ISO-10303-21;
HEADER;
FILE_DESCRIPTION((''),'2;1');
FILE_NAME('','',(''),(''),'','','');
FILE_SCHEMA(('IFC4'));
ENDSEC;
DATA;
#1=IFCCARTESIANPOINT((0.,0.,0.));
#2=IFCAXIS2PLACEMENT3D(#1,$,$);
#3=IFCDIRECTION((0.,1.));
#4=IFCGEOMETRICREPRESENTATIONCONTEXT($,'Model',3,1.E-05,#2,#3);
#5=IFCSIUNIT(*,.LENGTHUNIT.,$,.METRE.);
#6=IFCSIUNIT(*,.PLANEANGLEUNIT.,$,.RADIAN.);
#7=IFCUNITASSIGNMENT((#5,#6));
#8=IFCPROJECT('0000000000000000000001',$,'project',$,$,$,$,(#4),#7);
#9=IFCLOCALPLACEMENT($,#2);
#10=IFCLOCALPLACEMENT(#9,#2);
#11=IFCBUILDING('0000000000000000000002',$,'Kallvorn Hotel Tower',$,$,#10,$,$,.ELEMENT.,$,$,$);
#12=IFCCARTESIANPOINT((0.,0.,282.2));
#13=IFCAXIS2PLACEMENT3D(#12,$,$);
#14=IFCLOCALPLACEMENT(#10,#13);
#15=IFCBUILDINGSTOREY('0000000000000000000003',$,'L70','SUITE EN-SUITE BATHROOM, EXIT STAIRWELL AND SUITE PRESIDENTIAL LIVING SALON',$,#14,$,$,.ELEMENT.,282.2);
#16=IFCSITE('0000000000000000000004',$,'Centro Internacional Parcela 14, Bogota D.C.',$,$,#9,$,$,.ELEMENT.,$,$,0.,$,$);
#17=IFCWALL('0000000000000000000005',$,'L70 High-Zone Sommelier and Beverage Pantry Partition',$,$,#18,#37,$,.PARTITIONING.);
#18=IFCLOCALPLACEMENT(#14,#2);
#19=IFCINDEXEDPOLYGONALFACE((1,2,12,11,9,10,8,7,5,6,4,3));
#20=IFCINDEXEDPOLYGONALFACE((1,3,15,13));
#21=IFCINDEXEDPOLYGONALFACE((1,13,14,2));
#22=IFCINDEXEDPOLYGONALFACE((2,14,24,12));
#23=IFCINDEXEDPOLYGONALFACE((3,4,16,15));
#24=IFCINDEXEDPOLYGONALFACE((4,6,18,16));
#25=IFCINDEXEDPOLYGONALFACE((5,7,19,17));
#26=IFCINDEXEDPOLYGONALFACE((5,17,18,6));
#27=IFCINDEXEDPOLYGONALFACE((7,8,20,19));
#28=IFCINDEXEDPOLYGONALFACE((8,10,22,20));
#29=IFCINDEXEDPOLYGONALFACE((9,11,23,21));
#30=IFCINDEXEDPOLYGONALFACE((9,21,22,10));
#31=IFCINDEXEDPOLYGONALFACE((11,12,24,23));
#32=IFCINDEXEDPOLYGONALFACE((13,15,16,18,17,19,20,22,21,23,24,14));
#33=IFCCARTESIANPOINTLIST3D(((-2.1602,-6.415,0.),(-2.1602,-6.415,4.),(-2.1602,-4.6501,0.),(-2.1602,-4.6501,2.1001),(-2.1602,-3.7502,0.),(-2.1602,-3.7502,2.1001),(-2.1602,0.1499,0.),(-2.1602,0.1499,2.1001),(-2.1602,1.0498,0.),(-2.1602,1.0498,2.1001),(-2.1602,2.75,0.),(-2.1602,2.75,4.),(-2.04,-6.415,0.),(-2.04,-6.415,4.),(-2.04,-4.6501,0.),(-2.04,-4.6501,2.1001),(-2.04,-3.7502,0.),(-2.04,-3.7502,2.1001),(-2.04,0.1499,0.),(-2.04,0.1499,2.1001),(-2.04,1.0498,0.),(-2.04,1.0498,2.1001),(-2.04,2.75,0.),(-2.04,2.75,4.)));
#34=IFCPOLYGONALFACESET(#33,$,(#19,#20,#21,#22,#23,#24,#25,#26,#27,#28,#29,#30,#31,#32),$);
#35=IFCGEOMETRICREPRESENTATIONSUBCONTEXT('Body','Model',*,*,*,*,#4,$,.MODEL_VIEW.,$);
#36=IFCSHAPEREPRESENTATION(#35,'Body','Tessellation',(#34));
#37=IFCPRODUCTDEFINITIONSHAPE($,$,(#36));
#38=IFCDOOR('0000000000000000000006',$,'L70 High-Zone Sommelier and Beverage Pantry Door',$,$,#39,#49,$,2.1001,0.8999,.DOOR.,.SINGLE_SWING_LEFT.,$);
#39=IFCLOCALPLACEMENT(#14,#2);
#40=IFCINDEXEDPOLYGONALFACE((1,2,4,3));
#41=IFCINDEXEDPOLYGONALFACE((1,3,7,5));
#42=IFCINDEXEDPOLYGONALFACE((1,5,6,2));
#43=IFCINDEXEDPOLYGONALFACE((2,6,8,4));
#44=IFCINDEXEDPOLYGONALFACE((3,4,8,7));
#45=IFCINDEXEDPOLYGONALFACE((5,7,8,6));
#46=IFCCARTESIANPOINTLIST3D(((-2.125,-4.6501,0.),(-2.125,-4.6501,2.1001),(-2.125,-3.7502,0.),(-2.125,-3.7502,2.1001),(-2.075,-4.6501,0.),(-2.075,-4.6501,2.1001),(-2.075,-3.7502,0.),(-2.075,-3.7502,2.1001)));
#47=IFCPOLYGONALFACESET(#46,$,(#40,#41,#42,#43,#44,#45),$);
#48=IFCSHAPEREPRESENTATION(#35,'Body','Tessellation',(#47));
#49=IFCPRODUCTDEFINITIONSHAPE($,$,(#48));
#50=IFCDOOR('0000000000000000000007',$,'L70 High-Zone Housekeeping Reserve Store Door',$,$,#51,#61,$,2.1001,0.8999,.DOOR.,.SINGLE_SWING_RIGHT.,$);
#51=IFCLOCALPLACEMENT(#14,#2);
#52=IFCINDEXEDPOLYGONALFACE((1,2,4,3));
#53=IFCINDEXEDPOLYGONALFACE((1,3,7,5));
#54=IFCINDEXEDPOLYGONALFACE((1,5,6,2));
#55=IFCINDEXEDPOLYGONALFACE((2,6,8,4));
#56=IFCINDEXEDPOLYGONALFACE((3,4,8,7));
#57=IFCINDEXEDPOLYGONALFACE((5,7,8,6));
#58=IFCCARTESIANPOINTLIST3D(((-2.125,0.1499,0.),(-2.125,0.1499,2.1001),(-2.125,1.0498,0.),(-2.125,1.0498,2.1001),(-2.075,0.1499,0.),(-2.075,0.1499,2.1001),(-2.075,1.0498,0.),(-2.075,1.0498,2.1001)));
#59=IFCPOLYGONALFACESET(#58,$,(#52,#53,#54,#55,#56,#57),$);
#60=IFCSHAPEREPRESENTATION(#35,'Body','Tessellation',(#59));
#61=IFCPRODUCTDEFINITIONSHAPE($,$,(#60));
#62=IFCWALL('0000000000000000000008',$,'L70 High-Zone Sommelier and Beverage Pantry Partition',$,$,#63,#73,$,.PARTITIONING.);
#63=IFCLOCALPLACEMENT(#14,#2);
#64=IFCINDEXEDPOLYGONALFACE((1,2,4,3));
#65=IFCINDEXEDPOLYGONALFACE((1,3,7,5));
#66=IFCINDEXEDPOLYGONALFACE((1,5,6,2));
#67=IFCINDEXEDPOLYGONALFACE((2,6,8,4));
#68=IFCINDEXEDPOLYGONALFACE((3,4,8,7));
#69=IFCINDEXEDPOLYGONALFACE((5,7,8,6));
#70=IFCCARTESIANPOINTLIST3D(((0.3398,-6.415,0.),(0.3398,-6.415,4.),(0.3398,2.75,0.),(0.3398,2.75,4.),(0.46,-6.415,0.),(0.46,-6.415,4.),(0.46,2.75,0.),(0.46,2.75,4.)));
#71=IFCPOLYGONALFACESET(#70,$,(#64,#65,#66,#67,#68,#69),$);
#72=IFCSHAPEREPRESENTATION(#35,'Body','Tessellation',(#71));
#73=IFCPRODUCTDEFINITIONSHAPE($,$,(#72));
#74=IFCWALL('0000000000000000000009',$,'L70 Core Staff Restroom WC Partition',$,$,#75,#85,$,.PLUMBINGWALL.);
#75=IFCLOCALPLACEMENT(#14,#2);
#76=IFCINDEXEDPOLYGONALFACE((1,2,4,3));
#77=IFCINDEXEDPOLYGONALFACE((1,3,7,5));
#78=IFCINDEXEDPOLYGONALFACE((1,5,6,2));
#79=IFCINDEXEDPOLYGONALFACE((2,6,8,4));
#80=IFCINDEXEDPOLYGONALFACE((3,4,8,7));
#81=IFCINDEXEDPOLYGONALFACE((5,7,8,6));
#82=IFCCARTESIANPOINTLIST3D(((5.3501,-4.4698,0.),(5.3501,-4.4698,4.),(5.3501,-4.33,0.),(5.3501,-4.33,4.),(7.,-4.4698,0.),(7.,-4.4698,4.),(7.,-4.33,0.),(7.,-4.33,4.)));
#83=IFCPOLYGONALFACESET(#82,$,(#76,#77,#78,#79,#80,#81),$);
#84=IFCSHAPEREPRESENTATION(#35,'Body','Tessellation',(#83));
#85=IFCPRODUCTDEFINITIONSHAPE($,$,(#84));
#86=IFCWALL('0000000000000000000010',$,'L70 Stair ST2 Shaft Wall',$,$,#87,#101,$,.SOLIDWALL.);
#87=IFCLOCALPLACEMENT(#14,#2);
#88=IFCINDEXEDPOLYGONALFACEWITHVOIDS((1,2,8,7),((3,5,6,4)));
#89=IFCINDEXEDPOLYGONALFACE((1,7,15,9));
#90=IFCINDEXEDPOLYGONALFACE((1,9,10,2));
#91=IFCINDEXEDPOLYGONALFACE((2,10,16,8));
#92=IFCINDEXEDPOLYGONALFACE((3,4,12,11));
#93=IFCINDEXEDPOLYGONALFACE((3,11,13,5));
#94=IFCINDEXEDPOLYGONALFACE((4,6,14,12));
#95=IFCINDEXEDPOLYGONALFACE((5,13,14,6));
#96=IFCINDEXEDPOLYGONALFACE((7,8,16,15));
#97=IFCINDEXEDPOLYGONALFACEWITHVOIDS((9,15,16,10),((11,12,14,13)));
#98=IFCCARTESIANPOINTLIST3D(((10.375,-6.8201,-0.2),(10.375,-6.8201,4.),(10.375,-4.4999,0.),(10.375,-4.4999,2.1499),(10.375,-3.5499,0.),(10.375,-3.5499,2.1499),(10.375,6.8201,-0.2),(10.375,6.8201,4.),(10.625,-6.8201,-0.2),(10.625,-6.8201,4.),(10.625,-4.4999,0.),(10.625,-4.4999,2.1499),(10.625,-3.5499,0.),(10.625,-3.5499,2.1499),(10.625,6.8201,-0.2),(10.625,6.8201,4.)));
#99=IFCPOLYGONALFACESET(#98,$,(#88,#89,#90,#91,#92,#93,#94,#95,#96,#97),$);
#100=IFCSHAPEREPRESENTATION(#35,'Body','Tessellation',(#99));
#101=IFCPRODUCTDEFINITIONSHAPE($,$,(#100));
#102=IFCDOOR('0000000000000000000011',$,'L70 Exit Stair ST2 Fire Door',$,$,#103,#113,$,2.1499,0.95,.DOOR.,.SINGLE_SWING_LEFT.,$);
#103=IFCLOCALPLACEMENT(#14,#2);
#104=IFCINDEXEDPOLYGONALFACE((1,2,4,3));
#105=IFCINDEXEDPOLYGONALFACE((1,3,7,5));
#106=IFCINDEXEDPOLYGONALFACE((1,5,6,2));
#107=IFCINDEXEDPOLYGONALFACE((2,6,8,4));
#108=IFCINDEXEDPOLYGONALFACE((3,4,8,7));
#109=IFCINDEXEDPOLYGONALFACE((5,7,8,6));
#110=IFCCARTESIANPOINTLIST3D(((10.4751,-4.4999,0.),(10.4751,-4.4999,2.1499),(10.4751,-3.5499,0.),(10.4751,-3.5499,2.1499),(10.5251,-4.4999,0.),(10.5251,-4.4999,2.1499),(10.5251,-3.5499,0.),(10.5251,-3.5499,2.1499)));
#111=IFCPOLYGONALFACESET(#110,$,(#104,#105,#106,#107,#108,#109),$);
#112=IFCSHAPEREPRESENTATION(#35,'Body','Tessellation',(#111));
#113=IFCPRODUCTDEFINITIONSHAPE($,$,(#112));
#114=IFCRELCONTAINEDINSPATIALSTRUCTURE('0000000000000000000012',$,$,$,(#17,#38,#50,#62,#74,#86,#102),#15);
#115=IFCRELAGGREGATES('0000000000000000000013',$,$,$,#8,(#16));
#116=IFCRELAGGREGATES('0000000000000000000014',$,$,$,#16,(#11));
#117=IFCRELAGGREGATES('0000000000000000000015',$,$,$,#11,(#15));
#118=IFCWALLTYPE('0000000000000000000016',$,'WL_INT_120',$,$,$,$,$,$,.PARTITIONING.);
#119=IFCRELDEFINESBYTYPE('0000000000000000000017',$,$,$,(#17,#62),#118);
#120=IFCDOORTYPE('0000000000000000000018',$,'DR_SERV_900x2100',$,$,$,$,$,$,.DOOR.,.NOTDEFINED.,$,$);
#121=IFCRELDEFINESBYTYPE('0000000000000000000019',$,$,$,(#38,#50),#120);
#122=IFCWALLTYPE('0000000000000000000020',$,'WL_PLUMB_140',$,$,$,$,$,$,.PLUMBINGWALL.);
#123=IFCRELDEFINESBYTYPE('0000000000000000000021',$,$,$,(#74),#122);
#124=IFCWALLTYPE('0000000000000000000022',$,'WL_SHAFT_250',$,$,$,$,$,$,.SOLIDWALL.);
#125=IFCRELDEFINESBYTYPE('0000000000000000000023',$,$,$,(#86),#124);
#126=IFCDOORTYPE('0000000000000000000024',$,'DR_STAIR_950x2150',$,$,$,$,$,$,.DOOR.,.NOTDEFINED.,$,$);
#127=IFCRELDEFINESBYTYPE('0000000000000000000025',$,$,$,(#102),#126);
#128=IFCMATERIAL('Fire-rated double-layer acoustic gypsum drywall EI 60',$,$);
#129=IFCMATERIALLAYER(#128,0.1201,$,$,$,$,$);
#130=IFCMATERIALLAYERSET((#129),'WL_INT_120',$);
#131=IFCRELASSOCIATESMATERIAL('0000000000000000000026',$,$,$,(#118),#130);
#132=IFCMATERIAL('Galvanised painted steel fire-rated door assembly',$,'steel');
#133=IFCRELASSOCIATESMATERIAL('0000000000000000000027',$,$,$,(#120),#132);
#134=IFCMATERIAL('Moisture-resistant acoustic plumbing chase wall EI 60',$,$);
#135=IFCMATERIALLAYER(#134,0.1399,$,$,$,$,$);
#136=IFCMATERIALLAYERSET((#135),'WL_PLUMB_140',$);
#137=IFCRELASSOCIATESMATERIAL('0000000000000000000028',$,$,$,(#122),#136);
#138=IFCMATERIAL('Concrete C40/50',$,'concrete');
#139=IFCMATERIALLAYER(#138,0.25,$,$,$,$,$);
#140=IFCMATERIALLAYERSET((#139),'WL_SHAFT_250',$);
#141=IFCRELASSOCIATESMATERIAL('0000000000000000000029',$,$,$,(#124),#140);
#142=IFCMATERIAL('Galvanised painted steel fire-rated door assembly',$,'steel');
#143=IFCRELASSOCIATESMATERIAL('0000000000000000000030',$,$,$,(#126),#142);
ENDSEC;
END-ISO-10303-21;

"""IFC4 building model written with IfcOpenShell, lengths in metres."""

from ifc_helpers import new_model, si_unit, direction, frame, frame_2d, origin, place, context, subcontext, project, spatial, rectangle, extrude, material, layer, layer_set, type_object, element, fill, save


model = new_model("IFC4")

# Units and contexts
model_context = context("Model", 3, precision=1e-05, world=origin(), true_north=direction((0.0, 1.0)))
body_context = subcontext(model_context, "Body", "Model", "MODEL_VIEW")
ifc_project = project(units=[si_unit("LENGTHUNIT", "METRE"), si_unit("PLANEANGLEUNIT", "RADIAN")], contexts=[model_context])

# Site, building, storey
site_placement = place(None, origin())
site = spatial("IfcSite", under=ifc_project, at=site_placement, Name="Centro Internacional Parcela 14, Bogota D.C.", CompositionType="ELEMENT", RefElevation=0.0)
building_placement = place(site_placement, origin())
building = spatial("IfcBuilding", under=site, at=building_placement, Name="Kallvorn Hotel Tower", CompositionType="ELEMENT")
storey_placement = place(building_placement, frame((0.0, 0.0, 282.2)))
storey = spatial("IfcBuildingStorey", under=building, at=storey_placement, Name="L70", Description="SUITE EN-SUITE BATHROOM, EXIT STAIRWELL AND SUITE PRESIDENTIAL LIVING SALON", CompositionType="ELEMENT", Elevation=282.2)

# Shared definitions
ifc_material_1 = material(Name="Fire-rated double-layer acoustic gypsum drywall EI 60")
ifc_layer_1 = layer(ifc_material_1, 0.1201)
ifc_layer_set_1 = layer_set([ifc_layer_1], Name="WL_INT_120")
wall_type_1 = type_object("IfcWallType", Name="WL_INT_120", PredefinedType="PARTITIONING", material=ifc_layer_set_1)

# Wall, openings, doors
wall_1_placement = place(storey_placement, frame((-2.1001, -6.415, 0.0), z_axis=(0.0, 0.0, 1.0), x_axis=(0.0, 1.0, 0.0)))
wall_1 = element("IfcWall", 1, at=wall_1_placement, inside=storey, type_object=wall_type_1, Name="L70 High-Zone Sommelier and Beverage Pantry Partition", PredefinedType="PARTITIONING", context=body_context, shape_type="SweptSolid", body=[
    extrude(rectangle(XDim=9.165, YDim=0.1201, at=frame_2d((4.5825, 0.0))), origin(), (0.0, 0.0, 1.0), 4.0),
])
opening_1_placement = place(wall_1_placement, frame((1.7649, 0.0, 0.0)))
opening_1 = element("IfcOpeningElement", 2, at=opening_1_placement, cuts=wall_1, PredefinedType="OPENING", context=body_context, shape_type="SweptSolid", body=[
    extrude(rectangle(XDim=0.8999, YDim=2.1001, at=frame_2d((0.45, 1.05))), frame((0.0, 0.075, 0.0), z_axis=(0.0, -1.0, 0.0), x_axis=(1.0, 0.0, 0.0)), (0.0, 0.0, 1.0), 0.1501),
])
opening_2_placement = place(wall_1_placement, frame((6.5649, 0.0, 0.0)))
opening_2 = element("IfcOpeningElement", 3, at=opening_2_placement, cuts=wall_1, PredefinedType="OPENING", context=body_context, shape_type="SweptSolid", body=[
    extrude(rectangle(XDim=0.8999, YDim=2.1001, at=frame_2d((0.45, 1.05))), frame((0.0, 0.075, 0.0), z_axis=(0.0, -1.0, 0.0), x_axis=(1.0, 0.0, 0.0)), (0.0, 0.0, 1.0), 0.1501),
])
ifc_material_2 = material(Name="Galvanised painted steel fire-rated door assembly", Category="steel")
door_type_1 = type_object("IfcDoorType", Name="DR_SERV_900x2100", OperationType="NOTDEFINED", PredefinedType="DOOR", material=ifc_material_2)
door_1_placement = place(opening_1_placement, origin())
door_1 = element("IfcDoor", 4, at=door_1_placement, inside=storey, type_object=door_type_1, Name="L70 High-Zone Sommelier and Beverage Pantry Door", OperationType="SINGLE_SWING_LEFT", OverallHeight=2.1001, OverallWidth=0.8999, PredefinedType="DOOR", context=body_context, shape_type="SweptSolid", body=[
    extrude(rectangle(XDim=0.8999, YDim=2.1001, at=frame_2d((0.45, 1.05))), frame((0.0, 0.0249, 0.0), z_axis=(0.0, -1.0, 0.0), x_axis=(1.0, 0.0, 0.0)), (0.0, 0.0, 1.0), 0.05),
])
fill(opening_1, door_1)
door_2_placement = place(opening_2_placement, origin())
door_2 = element("IfcDoor", 5, at=door_2_placement, inside=storey, type_object=door_type_1, Name="L70 High-Zone Housekeeping Reserve Store Door", OperationType="SINGLE_SWING_RIGHT", OverallHeight=2.1001, OverallWidth=0.8999, PredefinedType="DOOR", context=body_context, shape_type="SweptSolid", body=[
    extrude(rectangle(XDim=0.8999, YDim=2.1001, at=frame_2d((0.45, 1.05))), frame((0.0, 0.0249, 0.0), z_axis=(0.0, -1.0, 0.0), x_axis=(1.0, 0.0, 0.0)), (0.0, 0.0, 1.0), 0.05),
])
fill(opening_2, door_2)

# Walls
wall_2_placement = place(storey_placement, frame((0.3999, -6.415, 0.0), z_axis=(0.0, 0.0, 1.0), x_axis=(0.0, 1.0, 0.0)))
element("IfcWall", 6, at=wall_2_placement, inside=storey, type_object=wall_type_1, Name="L70 High-Zone Sommelier and Beverage Pantry Partition", PredefinedType="PARTITIONING", context=body_context, shape_type="SweptSolid", body=[
    extrude(rectangle(XDim=9.165, YDim=0.1201, at=frame_2d((4.5825, 0.0))), origin(), (0.0, 0.0, 1.0), 4.0),
])
ifc_material_3 = material(Name="Moisture-resistant acoustic plumbing chase wall EI 60")
ifc_layer_2 = layer(ifc_material_3, 0.1399)
ifc_layer_set_2 = layer_set([ifc_layer_2], Name="WL_PLUMB_140")
wall_type_2 = type_object("IfcWallType", Name="WL_PLUMB_140", PredefinedType="PLUMBINGWALL", material=ifc_layer_set_2)
wall_3_placement = place(storey_placement, frame((5.3501, -4.3999, 0.0), z_axis=(0.0, 0.0, 1.0), x_axis=(1.0, 0.0, 0.0)))
element("IfcWall", 7, at=wall_3_placement, inside=storey, type_object=wall_type_2, Name="L70 Core Staff Restroom WC Partition", PredefinedType="PLUMBINGWALL", context=body_context, shape_type="SweptSolid", body=[
    extrude(rectangle(XDim=1.6499, YDim=0.1399, at=frame_2d((0.825, 0.0))), origin(), (0.0, 0.0, 1.0), 4.0),
])

# Shared definitions
ifc_material_4 = material(Name="Concrete C40/50", Category="concrete")
ifc_layer_3 = layer(ifc_material_4, 0.25)
ifc_layer_set_3 = layer_set([ifc_layer_3], Name="WL_SHAFT_250")
wall_type_3 = type_object("IfcWallType", Name="WL_SHAFT_250", PredefinedType="SOLIDWALL", material=ifc_layer_set_3)

# Wall, opening, door
wall_4_placement = place(storey_placement, frame((10.5, -6.8201, -0.2), z_axis=(0.0, 0.0, 1.0), x_axis=(0.0, 1.0, 0.0)))
wall_4 = element("IfcWall", 8, at=wall_4_placement, inside=storey, type_object=wall_type_3, Name="L70 Stair ST2 Shaft Wall", PredefinedType="SOLIDWALL", context=body_context, shape_type="SweptSolid", body=[
    extrude(rectangle(XDim=13.6401, YDim=0.25, at=frame_2d((6.8201, 0.0))), origin(), (0.0, 0.0, 1.0), 4.2),
])
opening_3_placement = place(wall_4_placement, frame((2.3201, 0.0, 0.2)))
opening_3 = element("IfcOpeningElement", 9, at=opening_3_placement, cuts=wall_4, PredefinedType="OPENING", context=body_context, shape_type="SweptSolid", body=[
    extrude(rectangle(XDim=0.95, YDim=2.1499, at=frame_2d((0.4751, 1.075))), frame((0.0, 0.1399, 0.0), z_axis=(0.0, -1.0, 0.0), x_axis=(1.0, 0.0, 0.0)), (0.0, 0.0, 1.0), 0.28),
])
ifc_material_5 = material(Name="Galvanised painted steel fire-rated door assembly", Category="steel")
door_type_2 = type_object("IfcDoorType", Name="DR_STAIR_950x2150", OperationType="NOTDEFINED", PredefinedType="DOOR", material=ifc_material_5)
door_3_placement = place(opening_3_placement, origin())
door_3 = element("IfcDoor", 10, at=door_3_placement, inside=storey, type_object=door_type_2, Name="L70 Exit Stair ST2 Fire Door", OperationType="SINGLE_SWING_LEFT", OverallHeight=2.1499, OverallWidth=0.95, PredefinedType="DOOR", context=body_context, shape_type="SweptSolid", body=[
    extrude(rectangle(XDim=0.95, YDim=2.1499, at=frame_2d((0.4751, 1.075))), frame((0.0, 0.0249, 0.0), z_axis=(0.0, -1.0, 0.0), x_axis=(1.0, 0.0, 0.0)), (0.0, 0.0, 1.0), 0.05),
])
fill(opening_3, door_3)

save(model, "model.ifc")
